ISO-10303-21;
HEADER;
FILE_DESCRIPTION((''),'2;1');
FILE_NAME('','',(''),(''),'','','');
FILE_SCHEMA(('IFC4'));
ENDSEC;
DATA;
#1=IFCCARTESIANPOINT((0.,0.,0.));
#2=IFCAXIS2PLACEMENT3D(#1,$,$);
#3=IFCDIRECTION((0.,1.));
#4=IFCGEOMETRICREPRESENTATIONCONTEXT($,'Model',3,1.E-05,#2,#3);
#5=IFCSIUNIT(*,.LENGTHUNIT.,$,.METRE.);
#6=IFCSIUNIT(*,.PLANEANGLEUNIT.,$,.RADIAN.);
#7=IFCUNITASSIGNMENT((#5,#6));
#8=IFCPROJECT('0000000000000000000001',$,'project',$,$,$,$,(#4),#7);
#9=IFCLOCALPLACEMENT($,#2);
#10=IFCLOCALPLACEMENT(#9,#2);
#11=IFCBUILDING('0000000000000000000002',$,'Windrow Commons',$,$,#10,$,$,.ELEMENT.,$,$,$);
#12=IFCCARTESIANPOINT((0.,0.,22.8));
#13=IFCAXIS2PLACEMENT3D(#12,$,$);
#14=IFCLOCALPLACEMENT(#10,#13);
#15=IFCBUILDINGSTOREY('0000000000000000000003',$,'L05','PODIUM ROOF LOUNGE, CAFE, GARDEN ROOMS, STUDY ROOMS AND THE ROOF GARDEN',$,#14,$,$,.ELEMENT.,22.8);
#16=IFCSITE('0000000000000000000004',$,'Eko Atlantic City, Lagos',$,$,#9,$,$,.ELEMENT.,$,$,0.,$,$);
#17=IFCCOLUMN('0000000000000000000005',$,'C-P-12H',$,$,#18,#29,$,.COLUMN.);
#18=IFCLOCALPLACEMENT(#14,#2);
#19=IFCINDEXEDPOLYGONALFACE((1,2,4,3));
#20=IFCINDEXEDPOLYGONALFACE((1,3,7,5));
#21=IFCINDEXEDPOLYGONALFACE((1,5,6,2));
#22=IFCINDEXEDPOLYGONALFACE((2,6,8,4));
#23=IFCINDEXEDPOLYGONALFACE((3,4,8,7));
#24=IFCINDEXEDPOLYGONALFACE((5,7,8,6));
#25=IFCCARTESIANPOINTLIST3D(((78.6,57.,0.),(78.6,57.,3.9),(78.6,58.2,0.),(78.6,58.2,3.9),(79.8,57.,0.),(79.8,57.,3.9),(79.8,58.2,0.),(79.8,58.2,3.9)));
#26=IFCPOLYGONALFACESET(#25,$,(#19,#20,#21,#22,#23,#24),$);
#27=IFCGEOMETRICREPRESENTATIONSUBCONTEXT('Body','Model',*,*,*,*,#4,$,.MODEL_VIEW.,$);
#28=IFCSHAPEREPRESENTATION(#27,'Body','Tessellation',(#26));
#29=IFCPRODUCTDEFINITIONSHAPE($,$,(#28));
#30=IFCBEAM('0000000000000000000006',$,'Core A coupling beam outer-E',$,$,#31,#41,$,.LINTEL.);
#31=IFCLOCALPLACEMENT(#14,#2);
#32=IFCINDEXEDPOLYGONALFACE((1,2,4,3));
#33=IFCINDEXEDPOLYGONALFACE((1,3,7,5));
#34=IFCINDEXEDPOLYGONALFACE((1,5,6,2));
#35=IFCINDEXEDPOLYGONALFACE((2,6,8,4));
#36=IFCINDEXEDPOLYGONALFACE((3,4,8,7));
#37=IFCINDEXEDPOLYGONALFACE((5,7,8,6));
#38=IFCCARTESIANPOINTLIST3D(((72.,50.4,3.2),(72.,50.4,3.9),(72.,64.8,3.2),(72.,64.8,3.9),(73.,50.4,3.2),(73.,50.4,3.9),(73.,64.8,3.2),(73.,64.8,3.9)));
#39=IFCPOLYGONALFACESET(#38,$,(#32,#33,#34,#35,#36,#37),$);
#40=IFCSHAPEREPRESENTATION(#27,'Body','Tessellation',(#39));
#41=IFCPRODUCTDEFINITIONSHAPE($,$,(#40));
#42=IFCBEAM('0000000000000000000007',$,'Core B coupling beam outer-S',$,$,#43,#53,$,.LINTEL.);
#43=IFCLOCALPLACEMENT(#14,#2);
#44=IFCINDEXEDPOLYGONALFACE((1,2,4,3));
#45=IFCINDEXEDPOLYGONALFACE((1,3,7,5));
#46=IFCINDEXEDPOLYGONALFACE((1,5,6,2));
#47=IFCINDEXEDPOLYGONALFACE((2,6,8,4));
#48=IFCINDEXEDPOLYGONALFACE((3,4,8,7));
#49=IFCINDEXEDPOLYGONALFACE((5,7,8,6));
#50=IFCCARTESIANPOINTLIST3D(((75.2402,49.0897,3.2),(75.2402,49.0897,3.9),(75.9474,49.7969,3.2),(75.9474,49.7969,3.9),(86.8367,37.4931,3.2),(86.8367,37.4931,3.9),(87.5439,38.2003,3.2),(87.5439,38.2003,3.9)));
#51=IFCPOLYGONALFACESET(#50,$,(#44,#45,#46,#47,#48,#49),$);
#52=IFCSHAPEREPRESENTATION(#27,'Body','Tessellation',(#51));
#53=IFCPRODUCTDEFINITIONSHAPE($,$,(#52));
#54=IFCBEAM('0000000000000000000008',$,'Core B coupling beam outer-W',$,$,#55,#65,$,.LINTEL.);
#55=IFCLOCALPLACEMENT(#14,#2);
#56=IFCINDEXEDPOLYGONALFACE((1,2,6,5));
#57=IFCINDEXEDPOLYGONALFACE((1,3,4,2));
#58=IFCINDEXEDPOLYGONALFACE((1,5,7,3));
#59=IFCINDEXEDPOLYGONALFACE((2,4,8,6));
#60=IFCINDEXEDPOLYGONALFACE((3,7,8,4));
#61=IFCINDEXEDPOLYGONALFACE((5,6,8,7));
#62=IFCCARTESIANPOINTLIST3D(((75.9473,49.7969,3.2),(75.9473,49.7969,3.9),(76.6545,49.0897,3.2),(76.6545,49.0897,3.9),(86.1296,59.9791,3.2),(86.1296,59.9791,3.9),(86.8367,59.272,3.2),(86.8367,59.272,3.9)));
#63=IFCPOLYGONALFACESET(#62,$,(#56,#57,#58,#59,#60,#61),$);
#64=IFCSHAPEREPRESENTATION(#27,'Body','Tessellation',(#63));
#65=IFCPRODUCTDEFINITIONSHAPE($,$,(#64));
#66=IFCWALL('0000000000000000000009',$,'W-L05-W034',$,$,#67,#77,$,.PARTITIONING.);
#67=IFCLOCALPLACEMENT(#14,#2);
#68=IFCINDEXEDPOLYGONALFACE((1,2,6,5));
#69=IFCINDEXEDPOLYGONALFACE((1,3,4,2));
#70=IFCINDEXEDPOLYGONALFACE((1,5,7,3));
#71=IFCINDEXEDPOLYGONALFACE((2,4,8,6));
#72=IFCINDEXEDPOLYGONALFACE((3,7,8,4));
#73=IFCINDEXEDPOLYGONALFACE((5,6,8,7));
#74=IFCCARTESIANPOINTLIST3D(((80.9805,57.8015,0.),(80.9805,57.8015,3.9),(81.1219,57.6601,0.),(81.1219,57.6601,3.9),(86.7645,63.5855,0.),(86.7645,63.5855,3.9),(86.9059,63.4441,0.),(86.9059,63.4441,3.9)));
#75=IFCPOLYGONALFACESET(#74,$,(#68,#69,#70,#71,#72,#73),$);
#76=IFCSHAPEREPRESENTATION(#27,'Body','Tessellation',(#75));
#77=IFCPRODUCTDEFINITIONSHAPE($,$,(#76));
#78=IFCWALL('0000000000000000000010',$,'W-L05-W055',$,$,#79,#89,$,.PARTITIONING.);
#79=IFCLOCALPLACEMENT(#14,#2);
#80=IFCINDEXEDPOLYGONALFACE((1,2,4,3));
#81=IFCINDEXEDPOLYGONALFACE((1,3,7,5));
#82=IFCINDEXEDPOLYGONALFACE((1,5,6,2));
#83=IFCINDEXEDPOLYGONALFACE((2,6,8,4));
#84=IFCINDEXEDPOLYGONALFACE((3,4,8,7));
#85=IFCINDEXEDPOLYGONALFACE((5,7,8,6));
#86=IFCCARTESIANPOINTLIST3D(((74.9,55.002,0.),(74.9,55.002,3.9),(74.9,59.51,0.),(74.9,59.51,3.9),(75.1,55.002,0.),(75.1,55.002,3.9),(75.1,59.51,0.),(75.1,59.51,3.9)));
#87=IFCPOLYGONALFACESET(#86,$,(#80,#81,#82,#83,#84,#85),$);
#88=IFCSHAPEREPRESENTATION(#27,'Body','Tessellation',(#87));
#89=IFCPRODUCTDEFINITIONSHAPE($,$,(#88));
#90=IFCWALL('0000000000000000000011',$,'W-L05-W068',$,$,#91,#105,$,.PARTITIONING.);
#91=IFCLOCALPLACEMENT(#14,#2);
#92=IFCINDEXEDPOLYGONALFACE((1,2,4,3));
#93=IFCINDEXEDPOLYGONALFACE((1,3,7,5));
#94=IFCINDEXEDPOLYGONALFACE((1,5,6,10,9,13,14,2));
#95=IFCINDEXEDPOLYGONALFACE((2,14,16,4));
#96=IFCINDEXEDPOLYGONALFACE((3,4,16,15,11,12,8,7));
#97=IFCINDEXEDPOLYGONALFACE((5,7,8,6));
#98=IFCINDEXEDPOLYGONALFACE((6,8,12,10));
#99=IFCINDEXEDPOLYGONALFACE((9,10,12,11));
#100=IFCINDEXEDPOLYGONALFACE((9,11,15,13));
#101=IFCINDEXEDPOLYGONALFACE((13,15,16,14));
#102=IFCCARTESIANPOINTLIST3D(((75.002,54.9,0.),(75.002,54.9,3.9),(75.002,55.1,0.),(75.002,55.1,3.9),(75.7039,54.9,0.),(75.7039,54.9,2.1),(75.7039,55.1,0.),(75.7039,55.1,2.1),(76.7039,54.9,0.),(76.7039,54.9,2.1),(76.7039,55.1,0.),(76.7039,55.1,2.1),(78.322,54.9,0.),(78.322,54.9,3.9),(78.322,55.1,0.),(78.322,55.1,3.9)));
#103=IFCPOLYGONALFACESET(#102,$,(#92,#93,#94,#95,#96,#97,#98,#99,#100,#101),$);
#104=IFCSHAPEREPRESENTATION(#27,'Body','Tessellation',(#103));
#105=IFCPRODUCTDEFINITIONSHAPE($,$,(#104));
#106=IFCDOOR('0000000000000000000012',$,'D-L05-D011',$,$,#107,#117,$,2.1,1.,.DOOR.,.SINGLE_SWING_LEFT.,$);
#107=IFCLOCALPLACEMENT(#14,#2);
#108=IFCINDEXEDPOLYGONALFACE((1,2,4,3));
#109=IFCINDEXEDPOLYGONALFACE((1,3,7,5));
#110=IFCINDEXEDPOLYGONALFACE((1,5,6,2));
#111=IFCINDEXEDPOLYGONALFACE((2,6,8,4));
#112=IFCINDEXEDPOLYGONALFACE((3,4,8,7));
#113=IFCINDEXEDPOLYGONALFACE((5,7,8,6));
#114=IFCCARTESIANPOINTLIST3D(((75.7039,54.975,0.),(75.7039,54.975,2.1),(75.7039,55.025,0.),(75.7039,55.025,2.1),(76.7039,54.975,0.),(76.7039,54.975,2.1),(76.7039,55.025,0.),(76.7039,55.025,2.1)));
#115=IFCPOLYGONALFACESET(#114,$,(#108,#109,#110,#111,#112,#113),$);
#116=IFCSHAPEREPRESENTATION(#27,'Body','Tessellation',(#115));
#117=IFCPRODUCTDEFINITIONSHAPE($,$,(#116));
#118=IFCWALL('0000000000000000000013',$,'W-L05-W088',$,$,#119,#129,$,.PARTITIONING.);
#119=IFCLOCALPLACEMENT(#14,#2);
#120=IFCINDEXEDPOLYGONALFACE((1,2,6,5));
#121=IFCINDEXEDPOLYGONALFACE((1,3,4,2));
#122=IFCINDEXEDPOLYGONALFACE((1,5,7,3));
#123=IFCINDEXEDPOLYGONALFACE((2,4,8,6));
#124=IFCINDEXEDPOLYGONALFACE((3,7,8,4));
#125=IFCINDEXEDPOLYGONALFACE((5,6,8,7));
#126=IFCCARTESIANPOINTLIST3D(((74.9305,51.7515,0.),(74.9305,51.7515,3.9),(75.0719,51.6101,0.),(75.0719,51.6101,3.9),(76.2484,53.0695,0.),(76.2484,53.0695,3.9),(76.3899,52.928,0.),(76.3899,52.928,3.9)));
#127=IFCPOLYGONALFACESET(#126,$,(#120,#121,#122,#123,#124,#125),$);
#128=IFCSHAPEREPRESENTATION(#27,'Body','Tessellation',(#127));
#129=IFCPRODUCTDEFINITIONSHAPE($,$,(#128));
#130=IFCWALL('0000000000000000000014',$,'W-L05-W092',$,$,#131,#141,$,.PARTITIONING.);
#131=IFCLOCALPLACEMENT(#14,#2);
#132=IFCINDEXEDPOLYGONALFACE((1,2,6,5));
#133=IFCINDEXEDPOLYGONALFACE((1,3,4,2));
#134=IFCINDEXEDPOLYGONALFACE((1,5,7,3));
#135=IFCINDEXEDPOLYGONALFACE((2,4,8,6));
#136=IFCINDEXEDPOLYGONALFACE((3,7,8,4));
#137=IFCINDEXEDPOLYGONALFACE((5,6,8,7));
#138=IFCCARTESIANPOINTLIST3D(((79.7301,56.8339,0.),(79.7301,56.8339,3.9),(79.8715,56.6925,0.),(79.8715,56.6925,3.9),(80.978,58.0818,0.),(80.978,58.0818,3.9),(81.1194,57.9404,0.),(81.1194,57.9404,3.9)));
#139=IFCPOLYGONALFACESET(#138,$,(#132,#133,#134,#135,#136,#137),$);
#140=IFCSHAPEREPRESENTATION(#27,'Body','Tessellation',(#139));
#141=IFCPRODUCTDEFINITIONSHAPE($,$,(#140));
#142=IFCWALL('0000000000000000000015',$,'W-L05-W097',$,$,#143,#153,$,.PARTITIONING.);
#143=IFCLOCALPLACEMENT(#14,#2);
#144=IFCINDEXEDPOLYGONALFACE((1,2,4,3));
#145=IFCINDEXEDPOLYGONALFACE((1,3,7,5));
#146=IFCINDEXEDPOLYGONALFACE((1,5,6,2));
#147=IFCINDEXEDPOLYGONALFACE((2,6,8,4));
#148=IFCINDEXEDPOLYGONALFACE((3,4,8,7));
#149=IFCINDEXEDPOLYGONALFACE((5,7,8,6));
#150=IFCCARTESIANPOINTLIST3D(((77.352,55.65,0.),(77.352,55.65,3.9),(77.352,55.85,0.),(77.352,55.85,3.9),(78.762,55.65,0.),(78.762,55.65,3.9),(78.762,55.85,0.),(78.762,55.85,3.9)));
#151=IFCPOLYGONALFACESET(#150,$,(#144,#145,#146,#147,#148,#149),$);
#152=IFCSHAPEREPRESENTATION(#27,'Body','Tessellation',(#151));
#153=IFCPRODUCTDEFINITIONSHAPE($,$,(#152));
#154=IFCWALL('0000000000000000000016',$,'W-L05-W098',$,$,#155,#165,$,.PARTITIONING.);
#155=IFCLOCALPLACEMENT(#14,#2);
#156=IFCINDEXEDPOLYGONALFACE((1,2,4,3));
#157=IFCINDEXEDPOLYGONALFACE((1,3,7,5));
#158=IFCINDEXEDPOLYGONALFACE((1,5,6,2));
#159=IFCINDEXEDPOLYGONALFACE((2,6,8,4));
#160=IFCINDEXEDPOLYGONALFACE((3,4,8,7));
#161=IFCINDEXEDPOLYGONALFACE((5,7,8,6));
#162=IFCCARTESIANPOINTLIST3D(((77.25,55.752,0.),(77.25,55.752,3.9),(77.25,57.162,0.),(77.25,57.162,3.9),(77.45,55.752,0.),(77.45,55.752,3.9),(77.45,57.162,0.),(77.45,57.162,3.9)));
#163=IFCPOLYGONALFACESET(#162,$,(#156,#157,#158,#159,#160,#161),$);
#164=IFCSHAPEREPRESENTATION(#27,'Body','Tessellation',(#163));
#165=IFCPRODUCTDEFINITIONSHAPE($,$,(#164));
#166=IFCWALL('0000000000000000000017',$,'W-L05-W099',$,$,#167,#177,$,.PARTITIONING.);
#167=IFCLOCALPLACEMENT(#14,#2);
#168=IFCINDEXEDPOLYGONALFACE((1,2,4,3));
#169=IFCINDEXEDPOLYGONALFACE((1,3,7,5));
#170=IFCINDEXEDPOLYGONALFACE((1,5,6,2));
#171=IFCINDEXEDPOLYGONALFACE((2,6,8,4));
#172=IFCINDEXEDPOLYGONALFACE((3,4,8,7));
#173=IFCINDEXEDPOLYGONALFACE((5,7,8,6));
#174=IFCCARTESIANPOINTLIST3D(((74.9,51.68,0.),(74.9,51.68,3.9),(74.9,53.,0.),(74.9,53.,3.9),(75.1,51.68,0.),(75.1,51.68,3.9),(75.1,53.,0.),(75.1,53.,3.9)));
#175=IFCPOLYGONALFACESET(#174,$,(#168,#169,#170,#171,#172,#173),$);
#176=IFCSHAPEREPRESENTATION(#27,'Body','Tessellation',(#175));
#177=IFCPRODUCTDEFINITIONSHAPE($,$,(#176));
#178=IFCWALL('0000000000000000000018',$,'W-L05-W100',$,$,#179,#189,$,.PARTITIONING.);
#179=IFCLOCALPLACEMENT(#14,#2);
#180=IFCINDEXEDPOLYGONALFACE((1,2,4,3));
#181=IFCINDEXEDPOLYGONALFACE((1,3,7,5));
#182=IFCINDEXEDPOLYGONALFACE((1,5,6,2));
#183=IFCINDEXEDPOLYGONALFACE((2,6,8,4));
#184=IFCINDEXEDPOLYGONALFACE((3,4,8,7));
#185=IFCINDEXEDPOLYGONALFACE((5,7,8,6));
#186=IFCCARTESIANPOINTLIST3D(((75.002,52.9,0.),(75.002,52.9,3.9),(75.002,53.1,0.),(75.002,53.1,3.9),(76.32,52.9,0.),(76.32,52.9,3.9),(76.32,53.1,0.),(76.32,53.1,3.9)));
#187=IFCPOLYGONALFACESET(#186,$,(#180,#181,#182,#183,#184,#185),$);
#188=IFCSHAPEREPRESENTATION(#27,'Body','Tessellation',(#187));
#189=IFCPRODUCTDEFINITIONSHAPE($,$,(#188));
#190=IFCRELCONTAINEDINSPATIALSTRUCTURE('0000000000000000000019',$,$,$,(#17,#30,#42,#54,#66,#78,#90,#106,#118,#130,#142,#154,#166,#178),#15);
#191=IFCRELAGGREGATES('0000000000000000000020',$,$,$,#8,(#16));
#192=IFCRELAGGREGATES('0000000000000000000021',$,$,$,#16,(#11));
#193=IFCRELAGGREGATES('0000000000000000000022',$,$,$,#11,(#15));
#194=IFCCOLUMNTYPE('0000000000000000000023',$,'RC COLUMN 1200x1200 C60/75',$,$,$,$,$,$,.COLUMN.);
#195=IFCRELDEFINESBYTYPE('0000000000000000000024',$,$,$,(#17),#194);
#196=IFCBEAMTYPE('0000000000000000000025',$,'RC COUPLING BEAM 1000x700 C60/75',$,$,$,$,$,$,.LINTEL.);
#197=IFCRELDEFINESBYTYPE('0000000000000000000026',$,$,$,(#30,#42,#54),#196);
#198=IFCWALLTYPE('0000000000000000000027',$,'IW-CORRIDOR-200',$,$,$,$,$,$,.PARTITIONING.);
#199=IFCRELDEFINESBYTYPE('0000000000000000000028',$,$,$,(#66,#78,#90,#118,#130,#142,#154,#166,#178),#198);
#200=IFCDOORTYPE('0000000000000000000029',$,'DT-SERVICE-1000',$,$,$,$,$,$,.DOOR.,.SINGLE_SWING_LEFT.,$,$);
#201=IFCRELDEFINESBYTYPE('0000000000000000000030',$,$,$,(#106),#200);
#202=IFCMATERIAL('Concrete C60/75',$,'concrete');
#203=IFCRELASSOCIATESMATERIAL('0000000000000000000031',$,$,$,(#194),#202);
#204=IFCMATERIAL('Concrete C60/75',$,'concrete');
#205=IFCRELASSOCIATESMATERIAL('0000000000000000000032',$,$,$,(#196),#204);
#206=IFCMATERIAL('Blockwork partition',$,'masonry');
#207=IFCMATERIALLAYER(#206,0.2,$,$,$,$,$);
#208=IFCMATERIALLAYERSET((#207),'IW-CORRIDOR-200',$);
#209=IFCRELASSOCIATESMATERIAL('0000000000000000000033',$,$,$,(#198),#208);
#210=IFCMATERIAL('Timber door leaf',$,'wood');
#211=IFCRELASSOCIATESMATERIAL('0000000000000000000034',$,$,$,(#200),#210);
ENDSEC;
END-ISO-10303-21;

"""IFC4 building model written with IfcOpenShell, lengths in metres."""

from ifc_helpers import new_model, si_unit, direction, frame, frame_2d, origin, origin_2d, place, context, subcontext, project, spatial, rectangle, extrude, material, layer, layer_set, material_profile, profile_set, type_object, element, fill, save


model = new_model("IFC4")

# Units and contexts
model_context = context("Model", 3, precision=1e-05, world=origin(), true_north=direction((0.0, 1.0)))
body_context = subcontext(model_context, "Body", "Model", "MODEL_VIEW")
ifc_project = project(units=[si_unit("LENGTHUNIT", "METRE"), si_unit("PLANEANGLEUNIT", "RADIAN")], contexts=[model_context])

# Site, building, storey
site_placement = place(None, origin())
site = spatial("IfcSite", under=ifc_project, at=site_placement, Name="Eko Atlantic City, Lagos", CompositionType="ELEMENT", RefElevation=0.0)
building_placement = place(site_placement, origin())
building = spatial("IfcBuilding", under=site, at=building_placement, Name="Windrow Commons", CompositionType="ELEMENT")
storey_placement = place(building_placement, frame((0.0, 0.0, 22.8)))
storey = spatial("IfcBuildingStorey", under=building, at=storey_placement, Name="L05", Description="PODIUM ROOF LOUNGE, CAFE, GARDEN ROOMS, STUDY ROOMS AND THE ROOF GARDEN", CompositionType="ELEMENT", Elevation=22.8)

# Column
ifc_material_1 = material(Name="Concrete C60/75", Category="concrete")
ifc_material_profile_1 = material_profile(ifc_material_1, rectangle(XDim=1.2, YDim=1.2, at=origin_2d()))
ifc_profile_set_1 = profile_set([ifc_material_profile_1], Name="Concrete C60/75")
column_type = type_object("IfcColumnType", Name="RC COLUMN 1200x1200 C60/75", PredefinedType="COLUMN", material=ifc_profile_set_1)
column_placement = place(storey_placement, frame((79.2, 57.6, 0.0), z_axis=(0.0, 0.0, 1.0), x_axis=(1.0, 0.0, 0.0)))
element("IfcColumn", 1, at=column_placement, inside=storey, type_object=column_type, Name="C-P-12H", PredefinedType="COLUMN", context=body_context, shape_type="SweptSolid", body=[
    extrude(rectangle(XDim=1.2, YDim=1.2, at=origin_2d()), origin(), (0.0, 0.0, 1.0), 3.9),
])

# Beams
ifc_material_2 = material(Name="Concrete C60/75", Category="concrete")
ifc_material_profile_2 = material_profile(ifc_material_2, rectangle(XDim=1.0, YDim=0.7, at=origin_2d()))
ifc_profile_set_2 = profile_set([ifc_material_profile_2], Name="Concrete C60/75")
beam_type = type_object("IfcBeamType", Name="RC COUPLING BEAM 1000x700 C60/75", PredefinedType="LINTEL", material=ifc_profile_set_2)
beam_1_placement = place(storey_placement, frame((72.5, 50.4, 3.55), z_axis=(0.0, 1.0, 0.0), x_axis=(-1.0, 0.0, 0.0)))
element("IfcBeam", 2, at=beam_1_placement, inside=storey, type_object=beam_type, Name="Core A coupling beam outer-E", PredefinedType="LINTEL", context=body_context, shape_type="SweptSolid", body=[
    extrude(rectangle(XDim=1.0, YDim=0.7, at=origin_2d()), origin(), (0.0, 0.0, 1.0), 14.4),
])
beam_2_placement = place(storey_placement, frame((75.5938, 49.4433, 3.55), z_axis=(0.707104, -0.70711, 0.0), x_axis=(0.70711, 0.707104, 0.0)))
element("IfcBeam", 3, at=beam_2_placement, inside=storey, type_object=beam_type, Name="Core B coupling beam outer-S", PredefinedType="LINTEL", context=body_context, shape_type="SweptSolid", body=[
    extrude(rectangle(XDim=1.0, YDim=0.7, at=origin_2d()), origin(), (0.0, 0.0, 1.0), 16.4),
])
beam_3_placement = place(storey_placement, frame((76.3009, 49.4433, 3.55), z_axis=(0.707107, 0.707107, 0.0), x_axis=(-0.707107, 0.707107, 0.0)))
element("IfcBeam", 4, at=beam_3_placement, inside=storey, type_object=beam_type, Name="Core B coupling beam outer-W", PredefinedType="LINTEL", context=body_context, shape_type="SweptSolid", body=[
    extrude(rectangle(XDim=1.0, YDim=0.7, at=origin_2d()), origin(), (0.0, 0.0, 1.0), 14.3999),
])

# Walls
ifc_material_3 = material(Name="Blockwork partition", Category="masonry")
ifc_layer_1 = layer(ifc_material_3, 0.2)
ifc_layer_set_1 = layer_set([ifc_layer_1], Name="IW-CORRIDOR-200")
wall_type_1 = type_object("IfcWallType", Name="IW-CORRIDOR-200", PredefinedType="PARTITIONING", material=ifc_layer_set_1)
wall_1_placement = place(storey_placement, frame((81.0512, 57.7308, 0.0), z_axis=(0.0, 0.0, 1.0), x_axis=(0.707107, 0.707107, 0.0)))
element("IfcWall", 5, at=wall_1_placement, inside=storey, type_object=wall_type_1, Name="W-L05-W034", PredefinedType="PARTITIONING", context=body_context, shape_type="SweptSolid", body=[
    extrude(rectangle(XDim=8.1798, YDim=0.2, at=frame_2d((4.0899, 0.0))), origin(), (0.0, 0.0, 1.0), 3.9),
])
wall_2_placement = place(storey_placement, frame((75.0, 55.002, 0.0), z_axis=(0.0, 0.0, 1.0), x_axis=(0.0, 1.0, 0.0)))
element("IfcWall", 6, at=wall_2_placement, inside=storey, type_object=wall_type_1, Name="W-L05-W055", PredefinedType="PARTITIONING", context=body_context, shape_type="SweptSolid", body=[
    extrude(rectangle(XDim=4.508, YDim=0.2, at=frame_2d((2.254, 0.0))), origin(), (0.0, 0.0, 1.0), 3.9),
])

# Wall, opening, door
wall_3_placement = place(storey_placement, frame((75.002, 55.0, 0.0), z_axis=(0.0, 0.0, 1.0), x_axis=(1.0, 0.0, 0.0)))
wall_3 = element("IfcWall", 7, at=wall_3_placement, inside=storey, type_object=wall_type_1, Name="W-L05-W068", PredefinedType="PARTITIONING", context=body_context, shape_type="SweptSolid", body=[
    extrude(rectangle(XDim=3.32, YDim=0.2, at=frame_2d((1.66, 0.0))), origin(), (0.0, 0.0, 1.0), 3.9),
])
opening_1_placement = place(wall_3_placement, frame((0.7019, 0.0, 0.0)))
opening_1 = element("IfcOpeningElement", 8, at=opening_1_placement, cuts=wall_3, PredefinedType="OPENING", context=body_context, shape_type="SweptSolid", body=[
    extrude(rectangle(XDim=1.0, YDim=2.1, at=frame_2d((0.5, 1.05))), frame((0.0, 0.11, 0.0), z_axis=(0.0, -1.0, 0.0), x_axis=(1.0, 0.0, 0.0)), (0.0, 0.0, 1.0), 0.22),
])
ifc_material_4 = material(Name="Timber door leaf", Category="wood")
door_type_1 = type_object("IfcDoorType", Name="DT-SERVICE-1000", OperationType="SINGLE_SWING_LEFT", PredefinedType="DOOR", material=ifc_material_4)
door_1_placement = place(opening_1_placement, origin())
door_1 = element("IfcDoor", 9, at=door_1_placement, inside=storey, type_object=door_type_1, Name="D-L05-D011", OperationType="SINGLE_SWING_LEFT", OverallHeight=2.1, OverallWidth=1.0, PredefinedType="DOOR", context=body_context, shape_type="SweptSolid", body=[
    extrude(rectangle(XDim=1.0, YDim=2.1, at=frame_2d((0.5, 1.05))), frame((0.0, 0.025, 0.0), z_axis=(0.0, -1.0, 0.0), x_axis=(1.0, 0.0, 0.0)), (0.0, 0.0, 1.0), 0.05),
])
fill(opening_1, door_1)

# Walls
wall_4_placement = place(storey_placement, frame((75.0012, 51.6808, 0.0), z_axis=(0.0, 0.0, 1.0), x_axis=(0.707107, 0.707107, 0.0)))
element("IfcWall", 10, at=wall_4_placement, inside=storey, type_object=wall_type_1, Name="W-L05-W088", PredefinedType="PARTITIONING", context=body_context, shape_type="SweptSolid", body=[
    extrude(rectangle(XDim=1.8639, YDim=0.2, at=frame_2d((0.9319, 0.0))), origin(), (0.0, 0.0, 1.0), 3.9),
])
wall_5_placement = place(storey_placement, frame((79.8008, 56.7632, 0.0), z_axis=(0.0, 0.0, 1.0), x_axis=(0.707107, 0.707107, 0.0)))
element("IfcWall", 11, at=wall_5_placement, inside=storey, type_object=wall_type_1, Name="W-L05-W092", PredefinedType="PARTITIONING", context=body_context, shape_type="SweptSolid", body=[
    extrude(rectangle(XDim=1.7649, YDim=0.2, at=frame_2d((0.8824, 0.0))), origin(), (0.0, 0.0, 1.0), 3.9),
])
for number, where, z_axis, x_axis, name in (
    (12, (77.352, 55.75, 0.0), (0.0, 0.0, 1.0), (1.0, 0.0, 0.0), "W-L05-W097"),
    (13, (77.35, 55.752, 0.0), (0.0, 0.0, 1.0), (0.0, 1.0, 0.0), "W-L05-W098"),
):
    element("IfcWall", number, at=place(storey_placement, frame(where, z_axis=z_axis, x_axis=x_axis)), inside=storey, type_object=wall_type_1, Name=name, PredefinedType="PARTITIONING", context=body_context, shape_type="SweptSolid", body=[
        extrude(rectangle(XDim=1.41, YDim=0.2, at=frame_2d((0.705, 0.0))), origin(), (0.0, 0.0, 1.0), 3.9),
    ])
wall_6_placement = place(storey_placement, frame((75.0, 51.68, 0.0), z_axis=(0.0, 0.0, 1.0), x_axis=(0.0, 1.0, 0.0)))
element("IfcWall", 14, at=wall_6_placement, inside=storey, type_object=wall_type_1, Name="W-L05-W099", PredefinedType="PARTITIONING", context=body_context, shape_type="SweptSolid", body=[
    extrude(rectangle(XDim=1.32, YDim=0.2, at=frame_2d((0.66, 0.0))), origin(), (0.0, 0.0, 1.0), 3.9),
])
wall_7_placement = place(storey_placement, frame((75.002, 53.0, 0.0), z_axis=(0.0, 0.0, 1.0), x_axis=(1.0, 0.0, 0.0)))
element("IfcWall", 15, at=wall_7_placement, inside=storey, type_object=wall_type_1, Name="W-L05-W100", PredefinedType="PARTITIONING", context=body_context, shape_type="SweptSolid", body=[
    extrude(rectangle(XDim=1.318, YDim=0.2, at=frame_2d((0.659, 0.0))), origin(), (0.0, 0.0, 1.0), 3.9),
])

save(model, "model.ifc")
